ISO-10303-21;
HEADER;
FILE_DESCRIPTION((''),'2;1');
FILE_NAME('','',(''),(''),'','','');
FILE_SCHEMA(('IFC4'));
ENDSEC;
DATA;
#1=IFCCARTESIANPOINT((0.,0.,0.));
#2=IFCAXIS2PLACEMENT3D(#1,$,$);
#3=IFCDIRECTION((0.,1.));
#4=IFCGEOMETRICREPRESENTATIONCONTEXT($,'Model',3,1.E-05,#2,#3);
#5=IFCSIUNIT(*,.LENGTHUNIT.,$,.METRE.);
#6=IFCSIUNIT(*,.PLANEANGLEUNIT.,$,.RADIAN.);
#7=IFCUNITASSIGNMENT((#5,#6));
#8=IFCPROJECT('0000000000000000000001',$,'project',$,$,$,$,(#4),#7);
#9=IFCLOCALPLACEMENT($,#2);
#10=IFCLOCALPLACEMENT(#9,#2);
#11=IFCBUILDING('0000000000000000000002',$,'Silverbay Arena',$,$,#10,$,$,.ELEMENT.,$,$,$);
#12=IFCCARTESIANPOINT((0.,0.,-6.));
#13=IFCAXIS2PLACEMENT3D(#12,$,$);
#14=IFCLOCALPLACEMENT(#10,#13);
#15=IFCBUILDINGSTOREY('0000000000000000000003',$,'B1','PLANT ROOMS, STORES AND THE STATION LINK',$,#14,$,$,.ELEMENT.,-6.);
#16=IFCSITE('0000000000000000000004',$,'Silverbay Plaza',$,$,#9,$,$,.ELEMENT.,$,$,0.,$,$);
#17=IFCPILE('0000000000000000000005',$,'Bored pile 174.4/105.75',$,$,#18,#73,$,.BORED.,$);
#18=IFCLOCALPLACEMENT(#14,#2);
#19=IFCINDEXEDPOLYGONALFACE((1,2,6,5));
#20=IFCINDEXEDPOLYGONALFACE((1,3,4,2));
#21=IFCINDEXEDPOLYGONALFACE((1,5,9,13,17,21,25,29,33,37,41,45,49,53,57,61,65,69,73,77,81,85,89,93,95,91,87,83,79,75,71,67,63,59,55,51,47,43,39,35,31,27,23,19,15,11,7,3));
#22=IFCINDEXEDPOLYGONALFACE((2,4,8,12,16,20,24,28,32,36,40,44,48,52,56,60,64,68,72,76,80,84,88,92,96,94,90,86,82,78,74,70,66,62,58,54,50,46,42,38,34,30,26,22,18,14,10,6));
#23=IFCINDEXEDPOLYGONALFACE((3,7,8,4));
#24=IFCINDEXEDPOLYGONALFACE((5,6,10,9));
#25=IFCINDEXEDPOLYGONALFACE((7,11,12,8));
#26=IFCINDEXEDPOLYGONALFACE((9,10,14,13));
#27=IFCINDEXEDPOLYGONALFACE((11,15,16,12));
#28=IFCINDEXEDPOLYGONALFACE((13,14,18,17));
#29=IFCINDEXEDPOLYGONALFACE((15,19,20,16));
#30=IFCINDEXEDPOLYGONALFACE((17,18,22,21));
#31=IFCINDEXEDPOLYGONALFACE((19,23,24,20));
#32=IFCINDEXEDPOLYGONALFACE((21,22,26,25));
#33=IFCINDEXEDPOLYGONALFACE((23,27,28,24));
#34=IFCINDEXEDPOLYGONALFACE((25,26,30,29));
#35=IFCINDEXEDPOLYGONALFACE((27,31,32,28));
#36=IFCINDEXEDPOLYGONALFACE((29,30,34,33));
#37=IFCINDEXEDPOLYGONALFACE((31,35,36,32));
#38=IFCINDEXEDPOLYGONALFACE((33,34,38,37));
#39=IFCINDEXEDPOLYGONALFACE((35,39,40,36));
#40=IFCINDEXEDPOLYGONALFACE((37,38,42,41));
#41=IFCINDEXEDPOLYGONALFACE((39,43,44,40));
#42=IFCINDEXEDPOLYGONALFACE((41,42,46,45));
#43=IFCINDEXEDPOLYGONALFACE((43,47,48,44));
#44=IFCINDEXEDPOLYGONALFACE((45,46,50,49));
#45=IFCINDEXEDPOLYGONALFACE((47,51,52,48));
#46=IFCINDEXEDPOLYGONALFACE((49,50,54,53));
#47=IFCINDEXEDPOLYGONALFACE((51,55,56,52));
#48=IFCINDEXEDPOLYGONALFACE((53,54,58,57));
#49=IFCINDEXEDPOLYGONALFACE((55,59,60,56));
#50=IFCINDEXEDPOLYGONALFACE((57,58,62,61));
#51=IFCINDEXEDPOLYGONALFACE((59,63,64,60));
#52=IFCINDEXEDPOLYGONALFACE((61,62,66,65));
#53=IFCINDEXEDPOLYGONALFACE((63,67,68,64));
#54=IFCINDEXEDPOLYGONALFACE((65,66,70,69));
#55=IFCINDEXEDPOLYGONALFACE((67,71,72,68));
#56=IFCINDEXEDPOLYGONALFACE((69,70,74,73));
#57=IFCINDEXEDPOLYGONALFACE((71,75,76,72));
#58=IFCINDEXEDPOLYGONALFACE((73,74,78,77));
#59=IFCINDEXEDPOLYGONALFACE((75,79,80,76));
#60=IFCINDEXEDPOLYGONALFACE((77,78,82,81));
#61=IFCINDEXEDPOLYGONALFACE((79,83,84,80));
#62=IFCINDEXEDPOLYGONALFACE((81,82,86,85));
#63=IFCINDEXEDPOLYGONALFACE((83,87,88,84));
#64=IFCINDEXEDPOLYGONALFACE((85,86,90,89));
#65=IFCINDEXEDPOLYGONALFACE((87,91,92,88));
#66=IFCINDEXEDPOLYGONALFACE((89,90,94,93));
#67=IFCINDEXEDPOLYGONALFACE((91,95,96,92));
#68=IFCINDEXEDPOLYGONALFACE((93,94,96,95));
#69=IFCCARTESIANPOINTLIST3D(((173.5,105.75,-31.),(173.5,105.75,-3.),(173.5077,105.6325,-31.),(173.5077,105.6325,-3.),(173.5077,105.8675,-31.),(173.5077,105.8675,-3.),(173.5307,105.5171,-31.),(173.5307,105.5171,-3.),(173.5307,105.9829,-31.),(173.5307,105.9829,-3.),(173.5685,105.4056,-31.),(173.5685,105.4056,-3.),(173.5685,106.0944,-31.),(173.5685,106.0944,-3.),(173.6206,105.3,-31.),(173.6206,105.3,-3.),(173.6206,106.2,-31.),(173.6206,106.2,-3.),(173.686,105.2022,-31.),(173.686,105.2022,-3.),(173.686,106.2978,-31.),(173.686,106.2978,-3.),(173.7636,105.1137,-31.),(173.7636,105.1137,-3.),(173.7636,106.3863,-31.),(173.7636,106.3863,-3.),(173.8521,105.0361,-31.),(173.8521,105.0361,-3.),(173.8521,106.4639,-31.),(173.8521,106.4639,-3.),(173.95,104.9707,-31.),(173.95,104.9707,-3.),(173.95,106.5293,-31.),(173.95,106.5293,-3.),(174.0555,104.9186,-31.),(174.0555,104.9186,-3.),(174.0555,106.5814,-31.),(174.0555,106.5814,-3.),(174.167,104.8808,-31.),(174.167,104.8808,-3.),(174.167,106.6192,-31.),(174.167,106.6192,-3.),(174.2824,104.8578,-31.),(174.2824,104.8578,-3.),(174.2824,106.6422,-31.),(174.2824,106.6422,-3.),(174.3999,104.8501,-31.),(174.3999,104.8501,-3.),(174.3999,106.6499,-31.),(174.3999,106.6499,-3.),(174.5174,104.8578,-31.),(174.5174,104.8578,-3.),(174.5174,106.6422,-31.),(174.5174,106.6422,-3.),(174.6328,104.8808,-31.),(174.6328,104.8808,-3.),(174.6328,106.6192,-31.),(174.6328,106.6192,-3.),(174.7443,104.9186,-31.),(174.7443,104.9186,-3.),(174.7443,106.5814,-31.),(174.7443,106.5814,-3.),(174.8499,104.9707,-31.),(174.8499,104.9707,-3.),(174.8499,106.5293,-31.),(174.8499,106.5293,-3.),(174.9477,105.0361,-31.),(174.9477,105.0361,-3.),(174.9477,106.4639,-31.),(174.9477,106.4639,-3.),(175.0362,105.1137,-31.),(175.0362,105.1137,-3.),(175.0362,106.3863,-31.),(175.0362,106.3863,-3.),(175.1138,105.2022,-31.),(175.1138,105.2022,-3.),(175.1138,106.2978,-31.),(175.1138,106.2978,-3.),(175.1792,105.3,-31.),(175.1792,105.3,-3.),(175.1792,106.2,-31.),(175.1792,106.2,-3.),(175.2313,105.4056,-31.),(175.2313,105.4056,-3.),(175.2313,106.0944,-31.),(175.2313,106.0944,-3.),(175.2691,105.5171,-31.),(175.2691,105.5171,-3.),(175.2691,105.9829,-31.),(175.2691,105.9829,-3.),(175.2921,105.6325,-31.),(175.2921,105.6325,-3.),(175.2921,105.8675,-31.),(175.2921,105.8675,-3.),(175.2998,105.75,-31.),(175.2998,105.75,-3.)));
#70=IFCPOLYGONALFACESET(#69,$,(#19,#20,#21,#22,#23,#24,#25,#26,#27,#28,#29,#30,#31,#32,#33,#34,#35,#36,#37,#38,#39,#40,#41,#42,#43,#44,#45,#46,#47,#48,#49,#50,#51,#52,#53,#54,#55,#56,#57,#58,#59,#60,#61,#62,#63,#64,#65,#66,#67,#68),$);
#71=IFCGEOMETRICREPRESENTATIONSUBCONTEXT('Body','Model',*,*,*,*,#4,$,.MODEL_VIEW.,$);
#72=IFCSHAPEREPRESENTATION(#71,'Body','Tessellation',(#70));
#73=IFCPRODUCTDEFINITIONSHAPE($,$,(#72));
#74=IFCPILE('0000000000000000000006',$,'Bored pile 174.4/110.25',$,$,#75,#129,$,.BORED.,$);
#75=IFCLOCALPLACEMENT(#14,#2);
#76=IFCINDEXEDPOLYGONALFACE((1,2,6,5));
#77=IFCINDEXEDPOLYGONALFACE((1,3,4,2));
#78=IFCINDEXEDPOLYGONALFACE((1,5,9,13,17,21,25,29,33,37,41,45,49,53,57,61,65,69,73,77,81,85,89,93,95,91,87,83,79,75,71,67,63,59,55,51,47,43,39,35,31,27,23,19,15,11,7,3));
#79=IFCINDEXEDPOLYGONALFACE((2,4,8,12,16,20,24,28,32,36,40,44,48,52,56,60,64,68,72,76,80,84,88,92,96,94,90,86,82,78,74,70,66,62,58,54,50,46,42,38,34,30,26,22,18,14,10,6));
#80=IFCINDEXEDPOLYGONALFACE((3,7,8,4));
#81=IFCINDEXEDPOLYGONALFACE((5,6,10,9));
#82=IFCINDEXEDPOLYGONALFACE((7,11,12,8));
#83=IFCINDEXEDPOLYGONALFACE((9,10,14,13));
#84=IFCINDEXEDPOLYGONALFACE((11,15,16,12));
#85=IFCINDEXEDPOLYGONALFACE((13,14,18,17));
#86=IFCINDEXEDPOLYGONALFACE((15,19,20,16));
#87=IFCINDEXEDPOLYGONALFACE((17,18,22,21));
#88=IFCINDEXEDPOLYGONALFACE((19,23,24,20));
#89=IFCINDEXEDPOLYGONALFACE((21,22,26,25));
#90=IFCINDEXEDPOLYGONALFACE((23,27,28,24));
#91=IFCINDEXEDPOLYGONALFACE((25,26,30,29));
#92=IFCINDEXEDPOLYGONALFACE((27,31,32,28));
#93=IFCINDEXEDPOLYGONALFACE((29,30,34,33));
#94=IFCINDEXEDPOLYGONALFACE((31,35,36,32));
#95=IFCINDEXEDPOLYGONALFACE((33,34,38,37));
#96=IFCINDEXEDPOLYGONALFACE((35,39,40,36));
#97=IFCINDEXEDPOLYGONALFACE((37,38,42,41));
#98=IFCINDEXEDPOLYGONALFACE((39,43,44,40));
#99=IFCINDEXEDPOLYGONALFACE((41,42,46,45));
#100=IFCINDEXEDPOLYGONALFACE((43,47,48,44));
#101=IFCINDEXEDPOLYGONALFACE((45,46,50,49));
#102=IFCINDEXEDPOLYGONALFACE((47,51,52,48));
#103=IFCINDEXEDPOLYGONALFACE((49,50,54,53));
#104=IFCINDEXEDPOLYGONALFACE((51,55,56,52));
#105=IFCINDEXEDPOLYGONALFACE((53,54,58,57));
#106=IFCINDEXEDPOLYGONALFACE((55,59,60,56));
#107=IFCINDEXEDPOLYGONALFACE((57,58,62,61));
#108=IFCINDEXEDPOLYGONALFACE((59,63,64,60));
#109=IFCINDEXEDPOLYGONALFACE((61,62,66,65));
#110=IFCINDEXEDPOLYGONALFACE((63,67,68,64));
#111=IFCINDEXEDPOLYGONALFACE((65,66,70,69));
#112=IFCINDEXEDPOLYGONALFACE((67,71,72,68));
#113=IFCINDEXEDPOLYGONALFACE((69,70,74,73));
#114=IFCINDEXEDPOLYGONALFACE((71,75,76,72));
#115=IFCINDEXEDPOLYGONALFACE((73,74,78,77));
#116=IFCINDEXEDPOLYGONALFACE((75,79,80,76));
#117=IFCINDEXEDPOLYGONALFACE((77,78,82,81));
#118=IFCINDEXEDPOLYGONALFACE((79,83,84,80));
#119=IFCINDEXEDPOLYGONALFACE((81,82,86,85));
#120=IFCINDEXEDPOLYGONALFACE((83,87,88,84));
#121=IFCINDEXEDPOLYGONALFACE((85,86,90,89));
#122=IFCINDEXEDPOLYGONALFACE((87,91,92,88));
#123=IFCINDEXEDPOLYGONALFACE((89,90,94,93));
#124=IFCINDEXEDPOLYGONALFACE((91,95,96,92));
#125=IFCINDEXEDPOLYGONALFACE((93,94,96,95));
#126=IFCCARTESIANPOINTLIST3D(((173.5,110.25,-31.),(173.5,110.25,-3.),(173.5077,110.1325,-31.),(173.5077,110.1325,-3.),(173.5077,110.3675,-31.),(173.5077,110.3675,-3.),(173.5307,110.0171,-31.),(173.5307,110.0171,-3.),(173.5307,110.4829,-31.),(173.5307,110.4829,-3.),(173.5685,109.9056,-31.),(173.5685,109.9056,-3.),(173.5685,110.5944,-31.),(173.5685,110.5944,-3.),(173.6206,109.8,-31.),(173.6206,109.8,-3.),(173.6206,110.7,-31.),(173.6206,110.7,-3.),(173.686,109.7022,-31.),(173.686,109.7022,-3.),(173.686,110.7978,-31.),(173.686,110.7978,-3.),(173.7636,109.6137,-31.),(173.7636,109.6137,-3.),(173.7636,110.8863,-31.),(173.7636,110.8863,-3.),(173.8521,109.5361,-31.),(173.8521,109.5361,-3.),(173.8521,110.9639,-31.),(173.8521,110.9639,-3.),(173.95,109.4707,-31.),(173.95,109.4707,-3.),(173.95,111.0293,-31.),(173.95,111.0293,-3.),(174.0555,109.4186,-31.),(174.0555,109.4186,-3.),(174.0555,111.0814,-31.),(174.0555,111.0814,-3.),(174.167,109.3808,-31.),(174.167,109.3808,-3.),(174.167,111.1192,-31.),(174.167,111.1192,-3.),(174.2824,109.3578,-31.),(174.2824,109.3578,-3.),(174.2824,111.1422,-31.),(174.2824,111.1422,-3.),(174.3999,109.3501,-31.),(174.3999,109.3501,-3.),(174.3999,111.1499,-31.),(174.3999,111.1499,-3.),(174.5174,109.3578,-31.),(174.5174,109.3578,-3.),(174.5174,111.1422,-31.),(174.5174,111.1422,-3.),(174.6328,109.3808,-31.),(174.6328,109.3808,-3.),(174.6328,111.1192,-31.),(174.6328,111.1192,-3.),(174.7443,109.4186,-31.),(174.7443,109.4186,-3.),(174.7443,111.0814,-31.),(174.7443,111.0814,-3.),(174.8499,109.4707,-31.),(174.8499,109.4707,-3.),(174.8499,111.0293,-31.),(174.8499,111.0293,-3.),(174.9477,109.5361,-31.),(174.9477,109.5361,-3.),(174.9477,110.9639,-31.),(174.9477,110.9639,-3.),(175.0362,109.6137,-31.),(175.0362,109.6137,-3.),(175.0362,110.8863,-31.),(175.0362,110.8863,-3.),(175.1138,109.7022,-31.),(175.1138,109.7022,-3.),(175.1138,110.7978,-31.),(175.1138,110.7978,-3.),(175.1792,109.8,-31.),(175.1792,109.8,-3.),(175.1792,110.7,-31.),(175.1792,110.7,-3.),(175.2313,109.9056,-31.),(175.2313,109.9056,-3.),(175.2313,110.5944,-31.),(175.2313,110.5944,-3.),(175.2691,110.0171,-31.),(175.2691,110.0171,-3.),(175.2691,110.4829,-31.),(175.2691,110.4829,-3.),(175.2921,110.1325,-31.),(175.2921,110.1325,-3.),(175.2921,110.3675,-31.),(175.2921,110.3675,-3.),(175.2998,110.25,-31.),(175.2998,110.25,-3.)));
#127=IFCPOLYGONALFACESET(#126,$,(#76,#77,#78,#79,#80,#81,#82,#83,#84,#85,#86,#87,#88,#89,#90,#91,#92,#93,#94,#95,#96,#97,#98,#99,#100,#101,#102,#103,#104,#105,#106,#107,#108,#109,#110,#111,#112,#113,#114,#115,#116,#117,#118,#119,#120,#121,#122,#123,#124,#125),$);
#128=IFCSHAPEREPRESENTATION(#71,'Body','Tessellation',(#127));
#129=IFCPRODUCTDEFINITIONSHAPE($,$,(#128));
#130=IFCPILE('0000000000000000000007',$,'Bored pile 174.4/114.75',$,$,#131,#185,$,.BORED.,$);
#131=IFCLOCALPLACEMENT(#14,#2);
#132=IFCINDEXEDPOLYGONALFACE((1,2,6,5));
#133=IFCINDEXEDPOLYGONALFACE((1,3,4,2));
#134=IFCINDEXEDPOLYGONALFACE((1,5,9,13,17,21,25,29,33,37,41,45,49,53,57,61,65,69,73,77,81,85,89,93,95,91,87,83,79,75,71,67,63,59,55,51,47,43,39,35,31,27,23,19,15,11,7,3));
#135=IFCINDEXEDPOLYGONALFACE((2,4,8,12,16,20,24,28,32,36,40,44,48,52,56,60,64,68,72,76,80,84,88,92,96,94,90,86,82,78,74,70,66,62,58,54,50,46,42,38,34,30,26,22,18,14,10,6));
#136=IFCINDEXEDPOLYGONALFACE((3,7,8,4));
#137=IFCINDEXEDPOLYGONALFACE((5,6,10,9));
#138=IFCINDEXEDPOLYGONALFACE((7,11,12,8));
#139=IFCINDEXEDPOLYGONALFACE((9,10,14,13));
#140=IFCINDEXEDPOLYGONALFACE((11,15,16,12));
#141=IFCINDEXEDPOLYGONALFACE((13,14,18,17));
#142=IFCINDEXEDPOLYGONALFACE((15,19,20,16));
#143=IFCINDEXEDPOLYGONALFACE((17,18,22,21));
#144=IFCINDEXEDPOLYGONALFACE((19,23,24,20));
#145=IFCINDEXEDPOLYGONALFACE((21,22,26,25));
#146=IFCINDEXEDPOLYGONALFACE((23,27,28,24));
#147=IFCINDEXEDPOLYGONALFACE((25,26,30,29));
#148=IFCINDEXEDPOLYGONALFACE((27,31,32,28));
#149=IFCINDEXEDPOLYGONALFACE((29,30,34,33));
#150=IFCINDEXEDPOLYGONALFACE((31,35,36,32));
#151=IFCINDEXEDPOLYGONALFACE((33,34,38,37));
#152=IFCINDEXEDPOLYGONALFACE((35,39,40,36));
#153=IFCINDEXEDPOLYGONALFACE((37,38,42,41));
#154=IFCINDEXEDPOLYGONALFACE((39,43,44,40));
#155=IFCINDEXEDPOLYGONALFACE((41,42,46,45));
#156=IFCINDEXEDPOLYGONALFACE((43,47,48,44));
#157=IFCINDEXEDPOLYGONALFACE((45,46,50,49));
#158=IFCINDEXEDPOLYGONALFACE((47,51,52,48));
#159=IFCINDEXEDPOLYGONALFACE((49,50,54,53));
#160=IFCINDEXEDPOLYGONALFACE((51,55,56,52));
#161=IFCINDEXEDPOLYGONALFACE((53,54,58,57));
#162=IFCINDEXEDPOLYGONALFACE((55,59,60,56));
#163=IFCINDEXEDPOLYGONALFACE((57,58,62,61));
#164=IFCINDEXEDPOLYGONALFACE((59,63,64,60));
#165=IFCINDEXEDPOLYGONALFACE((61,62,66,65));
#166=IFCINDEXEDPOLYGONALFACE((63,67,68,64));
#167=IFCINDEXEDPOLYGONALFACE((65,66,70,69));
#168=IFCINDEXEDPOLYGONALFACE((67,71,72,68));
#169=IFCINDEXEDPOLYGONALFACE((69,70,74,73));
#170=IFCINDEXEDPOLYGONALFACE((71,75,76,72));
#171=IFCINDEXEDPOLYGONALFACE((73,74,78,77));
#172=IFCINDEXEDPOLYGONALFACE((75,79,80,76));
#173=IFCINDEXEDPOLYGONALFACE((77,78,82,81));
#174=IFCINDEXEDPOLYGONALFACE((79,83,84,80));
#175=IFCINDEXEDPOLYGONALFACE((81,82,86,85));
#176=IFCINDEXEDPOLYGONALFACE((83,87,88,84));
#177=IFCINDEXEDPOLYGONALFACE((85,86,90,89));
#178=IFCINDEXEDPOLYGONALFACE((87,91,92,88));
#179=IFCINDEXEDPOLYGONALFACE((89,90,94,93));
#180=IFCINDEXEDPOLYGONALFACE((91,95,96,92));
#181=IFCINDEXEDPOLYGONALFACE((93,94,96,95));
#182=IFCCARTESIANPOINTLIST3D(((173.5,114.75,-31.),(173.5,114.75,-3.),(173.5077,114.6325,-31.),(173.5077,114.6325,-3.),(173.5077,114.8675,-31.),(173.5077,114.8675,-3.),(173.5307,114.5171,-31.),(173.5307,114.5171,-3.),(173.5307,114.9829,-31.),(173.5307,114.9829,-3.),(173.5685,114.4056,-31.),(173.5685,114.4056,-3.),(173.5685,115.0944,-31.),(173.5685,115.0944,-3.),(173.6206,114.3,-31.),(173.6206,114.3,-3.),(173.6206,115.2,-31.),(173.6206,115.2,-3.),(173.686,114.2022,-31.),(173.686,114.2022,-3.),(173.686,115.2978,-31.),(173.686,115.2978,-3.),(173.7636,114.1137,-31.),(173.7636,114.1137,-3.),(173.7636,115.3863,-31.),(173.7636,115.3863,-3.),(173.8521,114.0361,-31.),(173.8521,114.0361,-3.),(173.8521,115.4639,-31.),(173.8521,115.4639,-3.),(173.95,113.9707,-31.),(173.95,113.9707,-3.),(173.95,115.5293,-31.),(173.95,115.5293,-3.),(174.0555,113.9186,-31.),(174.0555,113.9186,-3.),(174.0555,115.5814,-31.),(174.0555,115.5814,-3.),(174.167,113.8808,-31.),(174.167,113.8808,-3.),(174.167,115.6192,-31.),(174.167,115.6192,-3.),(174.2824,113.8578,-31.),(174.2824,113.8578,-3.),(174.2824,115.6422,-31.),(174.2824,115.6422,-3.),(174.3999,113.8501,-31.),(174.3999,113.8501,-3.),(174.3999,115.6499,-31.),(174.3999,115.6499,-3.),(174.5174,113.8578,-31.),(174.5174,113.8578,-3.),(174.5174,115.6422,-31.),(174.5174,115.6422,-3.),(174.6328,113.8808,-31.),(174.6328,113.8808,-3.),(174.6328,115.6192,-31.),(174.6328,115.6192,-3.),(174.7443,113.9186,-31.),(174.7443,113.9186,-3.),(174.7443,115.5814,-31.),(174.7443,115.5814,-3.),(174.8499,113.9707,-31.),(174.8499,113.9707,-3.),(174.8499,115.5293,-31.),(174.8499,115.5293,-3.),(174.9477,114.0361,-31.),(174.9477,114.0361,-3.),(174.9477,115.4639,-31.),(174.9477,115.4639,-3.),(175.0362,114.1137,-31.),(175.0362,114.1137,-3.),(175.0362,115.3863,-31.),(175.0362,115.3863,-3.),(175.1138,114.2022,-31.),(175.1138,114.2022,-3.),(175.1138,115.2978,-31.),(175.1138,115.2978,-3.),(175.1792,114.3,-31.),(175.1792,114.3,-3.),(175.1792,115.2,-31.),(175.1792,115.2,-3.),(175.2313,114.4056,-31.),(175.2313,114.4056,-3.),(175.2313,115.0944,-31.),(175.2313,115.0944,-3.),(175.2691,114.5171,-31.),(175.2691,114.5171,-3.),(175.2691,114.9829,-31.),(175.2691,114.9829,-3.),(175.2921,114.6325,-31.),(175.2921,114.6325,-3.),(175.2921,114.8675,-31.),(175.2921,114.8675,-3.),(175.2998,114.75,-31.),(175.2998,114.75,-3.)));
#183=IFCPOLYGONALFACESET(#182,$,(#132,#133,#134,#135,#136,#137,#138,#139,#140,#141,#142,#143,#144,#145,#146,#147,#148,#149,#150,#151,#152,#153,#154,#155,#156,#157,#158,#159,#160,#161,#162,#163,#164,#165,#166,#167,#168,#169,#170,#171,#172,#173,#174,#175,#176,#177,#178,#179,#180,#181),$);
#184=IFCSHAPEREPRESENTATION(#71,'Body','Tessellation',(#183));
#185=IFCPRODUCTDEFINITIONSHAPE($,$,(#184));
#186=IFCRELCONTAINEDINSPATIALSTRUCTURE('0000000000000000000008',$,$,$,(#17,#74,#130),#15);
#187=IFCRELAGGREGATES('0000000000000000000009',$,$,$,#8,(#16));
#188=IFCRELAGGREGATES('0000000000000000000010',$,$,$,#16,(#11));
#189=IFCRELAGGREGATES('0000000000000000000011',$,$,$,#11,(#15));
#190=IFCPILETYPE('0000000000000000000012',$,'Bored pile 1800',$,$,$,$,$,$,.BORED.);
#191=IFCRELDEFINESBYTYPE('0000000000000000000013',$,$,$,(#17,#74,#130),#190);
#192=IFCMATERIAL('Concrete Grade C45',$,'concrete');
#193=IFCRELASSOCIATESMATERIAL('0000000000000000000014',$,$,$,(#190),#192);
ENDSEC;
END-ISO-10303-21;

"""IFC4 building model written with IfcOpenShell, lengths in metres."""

from ifc_helpers import new_model, si_unit, direction, frame, origin, origin_2d, place, context, subcontext, project, spatial, circle, extrude, material, material_profile, profile_set, type_object, element, save


model = new_model("IFC4")

# Units and contexts
model_context = context("Model", 3, precision=1e-05, world=origin(), true_north=direction((0.0, 1.0)))
body_context = subcontext(model_context, "Body", "Model", "MODEL_VIEW")
ifc_project = project(units=[si_unit("LENGTHUNIT", "METRE"), si_unit("PLANEANGLEUNIT", "RADIAN")], contexts=[model_context])

# Site, building, storey
site_placement = place(None, origin())
site = spatial("IfcSite", under=ifc_project, at=site_placement, Name="Silverbay Plaza", CompositionType="ELEMENT", RefElevation=0.0)
building_placement = place(site_placement, origin())
building = spatial("IfcBuilding", under=site, at=building_placement, Name="Silverbay Arena", CompositionType="ELEMENT")
storey_placement = place(building_placement, frame((0.0, 0.0, -6.0)))
storey = spatial("IfcBuildingStorey", under=building, at=storey_placement, Name="B1", Description="PLANT ROOMS, STORES AND THE STATION LINK", CompositionType="ELEMENT", Elevation=-6.0)

# Piles
ifc_material_1 = material(Name="Concrete Grade C45", Category="concrete")
ifc_material_profile_1 = material_profile(ifc_material_1, circle(Radius=0.8999, at=origin_2d()), Name="Bored pile 1800")
ifc_profile_set_1 = profile_set([ifc_material_profile_1], Name="Concrete Grade C45")
pile_type = type_object("IfcPileType", Name="Bored pile 1800", PredefinedType="BORED", material=ifc_profile_set_1)
for number, where, z_axis, x_axis, name in (
    (1, (174.3999, 105.75, -3.0), (0.0, 0.0, -1.0), (1.0, 0.0, 0.0), "Bored pile 174.4/105.75"),
    (2, (174.3999, 110.25, -3.0), (0.0, 0.0, -1.0), (1.0, 0.0, 0.0), "Bored pile 174.4/110.25"),
    (3, (174.3999, 114.75, -3.0), (0.0, 0.0, -1.0), (1.0, 0.0, 0.0), "Bored pile 174.4/114.75"),
):
    element("IfcPile", number, at=place(storey_placement, frame(where, z_axis=z_axis, x_axis=x_axis)), inside=storey, type_object=pile_type, Name=name, PredefinedType="BORED", context=body_context, shape_type="SweptSolid", body=[
        extrude(circle(Radius=0.8999, at=origin_2d()), origin(), (0.0, 0.0, 1.0), 28.0),
    ])

save(model, "model.ifc")
